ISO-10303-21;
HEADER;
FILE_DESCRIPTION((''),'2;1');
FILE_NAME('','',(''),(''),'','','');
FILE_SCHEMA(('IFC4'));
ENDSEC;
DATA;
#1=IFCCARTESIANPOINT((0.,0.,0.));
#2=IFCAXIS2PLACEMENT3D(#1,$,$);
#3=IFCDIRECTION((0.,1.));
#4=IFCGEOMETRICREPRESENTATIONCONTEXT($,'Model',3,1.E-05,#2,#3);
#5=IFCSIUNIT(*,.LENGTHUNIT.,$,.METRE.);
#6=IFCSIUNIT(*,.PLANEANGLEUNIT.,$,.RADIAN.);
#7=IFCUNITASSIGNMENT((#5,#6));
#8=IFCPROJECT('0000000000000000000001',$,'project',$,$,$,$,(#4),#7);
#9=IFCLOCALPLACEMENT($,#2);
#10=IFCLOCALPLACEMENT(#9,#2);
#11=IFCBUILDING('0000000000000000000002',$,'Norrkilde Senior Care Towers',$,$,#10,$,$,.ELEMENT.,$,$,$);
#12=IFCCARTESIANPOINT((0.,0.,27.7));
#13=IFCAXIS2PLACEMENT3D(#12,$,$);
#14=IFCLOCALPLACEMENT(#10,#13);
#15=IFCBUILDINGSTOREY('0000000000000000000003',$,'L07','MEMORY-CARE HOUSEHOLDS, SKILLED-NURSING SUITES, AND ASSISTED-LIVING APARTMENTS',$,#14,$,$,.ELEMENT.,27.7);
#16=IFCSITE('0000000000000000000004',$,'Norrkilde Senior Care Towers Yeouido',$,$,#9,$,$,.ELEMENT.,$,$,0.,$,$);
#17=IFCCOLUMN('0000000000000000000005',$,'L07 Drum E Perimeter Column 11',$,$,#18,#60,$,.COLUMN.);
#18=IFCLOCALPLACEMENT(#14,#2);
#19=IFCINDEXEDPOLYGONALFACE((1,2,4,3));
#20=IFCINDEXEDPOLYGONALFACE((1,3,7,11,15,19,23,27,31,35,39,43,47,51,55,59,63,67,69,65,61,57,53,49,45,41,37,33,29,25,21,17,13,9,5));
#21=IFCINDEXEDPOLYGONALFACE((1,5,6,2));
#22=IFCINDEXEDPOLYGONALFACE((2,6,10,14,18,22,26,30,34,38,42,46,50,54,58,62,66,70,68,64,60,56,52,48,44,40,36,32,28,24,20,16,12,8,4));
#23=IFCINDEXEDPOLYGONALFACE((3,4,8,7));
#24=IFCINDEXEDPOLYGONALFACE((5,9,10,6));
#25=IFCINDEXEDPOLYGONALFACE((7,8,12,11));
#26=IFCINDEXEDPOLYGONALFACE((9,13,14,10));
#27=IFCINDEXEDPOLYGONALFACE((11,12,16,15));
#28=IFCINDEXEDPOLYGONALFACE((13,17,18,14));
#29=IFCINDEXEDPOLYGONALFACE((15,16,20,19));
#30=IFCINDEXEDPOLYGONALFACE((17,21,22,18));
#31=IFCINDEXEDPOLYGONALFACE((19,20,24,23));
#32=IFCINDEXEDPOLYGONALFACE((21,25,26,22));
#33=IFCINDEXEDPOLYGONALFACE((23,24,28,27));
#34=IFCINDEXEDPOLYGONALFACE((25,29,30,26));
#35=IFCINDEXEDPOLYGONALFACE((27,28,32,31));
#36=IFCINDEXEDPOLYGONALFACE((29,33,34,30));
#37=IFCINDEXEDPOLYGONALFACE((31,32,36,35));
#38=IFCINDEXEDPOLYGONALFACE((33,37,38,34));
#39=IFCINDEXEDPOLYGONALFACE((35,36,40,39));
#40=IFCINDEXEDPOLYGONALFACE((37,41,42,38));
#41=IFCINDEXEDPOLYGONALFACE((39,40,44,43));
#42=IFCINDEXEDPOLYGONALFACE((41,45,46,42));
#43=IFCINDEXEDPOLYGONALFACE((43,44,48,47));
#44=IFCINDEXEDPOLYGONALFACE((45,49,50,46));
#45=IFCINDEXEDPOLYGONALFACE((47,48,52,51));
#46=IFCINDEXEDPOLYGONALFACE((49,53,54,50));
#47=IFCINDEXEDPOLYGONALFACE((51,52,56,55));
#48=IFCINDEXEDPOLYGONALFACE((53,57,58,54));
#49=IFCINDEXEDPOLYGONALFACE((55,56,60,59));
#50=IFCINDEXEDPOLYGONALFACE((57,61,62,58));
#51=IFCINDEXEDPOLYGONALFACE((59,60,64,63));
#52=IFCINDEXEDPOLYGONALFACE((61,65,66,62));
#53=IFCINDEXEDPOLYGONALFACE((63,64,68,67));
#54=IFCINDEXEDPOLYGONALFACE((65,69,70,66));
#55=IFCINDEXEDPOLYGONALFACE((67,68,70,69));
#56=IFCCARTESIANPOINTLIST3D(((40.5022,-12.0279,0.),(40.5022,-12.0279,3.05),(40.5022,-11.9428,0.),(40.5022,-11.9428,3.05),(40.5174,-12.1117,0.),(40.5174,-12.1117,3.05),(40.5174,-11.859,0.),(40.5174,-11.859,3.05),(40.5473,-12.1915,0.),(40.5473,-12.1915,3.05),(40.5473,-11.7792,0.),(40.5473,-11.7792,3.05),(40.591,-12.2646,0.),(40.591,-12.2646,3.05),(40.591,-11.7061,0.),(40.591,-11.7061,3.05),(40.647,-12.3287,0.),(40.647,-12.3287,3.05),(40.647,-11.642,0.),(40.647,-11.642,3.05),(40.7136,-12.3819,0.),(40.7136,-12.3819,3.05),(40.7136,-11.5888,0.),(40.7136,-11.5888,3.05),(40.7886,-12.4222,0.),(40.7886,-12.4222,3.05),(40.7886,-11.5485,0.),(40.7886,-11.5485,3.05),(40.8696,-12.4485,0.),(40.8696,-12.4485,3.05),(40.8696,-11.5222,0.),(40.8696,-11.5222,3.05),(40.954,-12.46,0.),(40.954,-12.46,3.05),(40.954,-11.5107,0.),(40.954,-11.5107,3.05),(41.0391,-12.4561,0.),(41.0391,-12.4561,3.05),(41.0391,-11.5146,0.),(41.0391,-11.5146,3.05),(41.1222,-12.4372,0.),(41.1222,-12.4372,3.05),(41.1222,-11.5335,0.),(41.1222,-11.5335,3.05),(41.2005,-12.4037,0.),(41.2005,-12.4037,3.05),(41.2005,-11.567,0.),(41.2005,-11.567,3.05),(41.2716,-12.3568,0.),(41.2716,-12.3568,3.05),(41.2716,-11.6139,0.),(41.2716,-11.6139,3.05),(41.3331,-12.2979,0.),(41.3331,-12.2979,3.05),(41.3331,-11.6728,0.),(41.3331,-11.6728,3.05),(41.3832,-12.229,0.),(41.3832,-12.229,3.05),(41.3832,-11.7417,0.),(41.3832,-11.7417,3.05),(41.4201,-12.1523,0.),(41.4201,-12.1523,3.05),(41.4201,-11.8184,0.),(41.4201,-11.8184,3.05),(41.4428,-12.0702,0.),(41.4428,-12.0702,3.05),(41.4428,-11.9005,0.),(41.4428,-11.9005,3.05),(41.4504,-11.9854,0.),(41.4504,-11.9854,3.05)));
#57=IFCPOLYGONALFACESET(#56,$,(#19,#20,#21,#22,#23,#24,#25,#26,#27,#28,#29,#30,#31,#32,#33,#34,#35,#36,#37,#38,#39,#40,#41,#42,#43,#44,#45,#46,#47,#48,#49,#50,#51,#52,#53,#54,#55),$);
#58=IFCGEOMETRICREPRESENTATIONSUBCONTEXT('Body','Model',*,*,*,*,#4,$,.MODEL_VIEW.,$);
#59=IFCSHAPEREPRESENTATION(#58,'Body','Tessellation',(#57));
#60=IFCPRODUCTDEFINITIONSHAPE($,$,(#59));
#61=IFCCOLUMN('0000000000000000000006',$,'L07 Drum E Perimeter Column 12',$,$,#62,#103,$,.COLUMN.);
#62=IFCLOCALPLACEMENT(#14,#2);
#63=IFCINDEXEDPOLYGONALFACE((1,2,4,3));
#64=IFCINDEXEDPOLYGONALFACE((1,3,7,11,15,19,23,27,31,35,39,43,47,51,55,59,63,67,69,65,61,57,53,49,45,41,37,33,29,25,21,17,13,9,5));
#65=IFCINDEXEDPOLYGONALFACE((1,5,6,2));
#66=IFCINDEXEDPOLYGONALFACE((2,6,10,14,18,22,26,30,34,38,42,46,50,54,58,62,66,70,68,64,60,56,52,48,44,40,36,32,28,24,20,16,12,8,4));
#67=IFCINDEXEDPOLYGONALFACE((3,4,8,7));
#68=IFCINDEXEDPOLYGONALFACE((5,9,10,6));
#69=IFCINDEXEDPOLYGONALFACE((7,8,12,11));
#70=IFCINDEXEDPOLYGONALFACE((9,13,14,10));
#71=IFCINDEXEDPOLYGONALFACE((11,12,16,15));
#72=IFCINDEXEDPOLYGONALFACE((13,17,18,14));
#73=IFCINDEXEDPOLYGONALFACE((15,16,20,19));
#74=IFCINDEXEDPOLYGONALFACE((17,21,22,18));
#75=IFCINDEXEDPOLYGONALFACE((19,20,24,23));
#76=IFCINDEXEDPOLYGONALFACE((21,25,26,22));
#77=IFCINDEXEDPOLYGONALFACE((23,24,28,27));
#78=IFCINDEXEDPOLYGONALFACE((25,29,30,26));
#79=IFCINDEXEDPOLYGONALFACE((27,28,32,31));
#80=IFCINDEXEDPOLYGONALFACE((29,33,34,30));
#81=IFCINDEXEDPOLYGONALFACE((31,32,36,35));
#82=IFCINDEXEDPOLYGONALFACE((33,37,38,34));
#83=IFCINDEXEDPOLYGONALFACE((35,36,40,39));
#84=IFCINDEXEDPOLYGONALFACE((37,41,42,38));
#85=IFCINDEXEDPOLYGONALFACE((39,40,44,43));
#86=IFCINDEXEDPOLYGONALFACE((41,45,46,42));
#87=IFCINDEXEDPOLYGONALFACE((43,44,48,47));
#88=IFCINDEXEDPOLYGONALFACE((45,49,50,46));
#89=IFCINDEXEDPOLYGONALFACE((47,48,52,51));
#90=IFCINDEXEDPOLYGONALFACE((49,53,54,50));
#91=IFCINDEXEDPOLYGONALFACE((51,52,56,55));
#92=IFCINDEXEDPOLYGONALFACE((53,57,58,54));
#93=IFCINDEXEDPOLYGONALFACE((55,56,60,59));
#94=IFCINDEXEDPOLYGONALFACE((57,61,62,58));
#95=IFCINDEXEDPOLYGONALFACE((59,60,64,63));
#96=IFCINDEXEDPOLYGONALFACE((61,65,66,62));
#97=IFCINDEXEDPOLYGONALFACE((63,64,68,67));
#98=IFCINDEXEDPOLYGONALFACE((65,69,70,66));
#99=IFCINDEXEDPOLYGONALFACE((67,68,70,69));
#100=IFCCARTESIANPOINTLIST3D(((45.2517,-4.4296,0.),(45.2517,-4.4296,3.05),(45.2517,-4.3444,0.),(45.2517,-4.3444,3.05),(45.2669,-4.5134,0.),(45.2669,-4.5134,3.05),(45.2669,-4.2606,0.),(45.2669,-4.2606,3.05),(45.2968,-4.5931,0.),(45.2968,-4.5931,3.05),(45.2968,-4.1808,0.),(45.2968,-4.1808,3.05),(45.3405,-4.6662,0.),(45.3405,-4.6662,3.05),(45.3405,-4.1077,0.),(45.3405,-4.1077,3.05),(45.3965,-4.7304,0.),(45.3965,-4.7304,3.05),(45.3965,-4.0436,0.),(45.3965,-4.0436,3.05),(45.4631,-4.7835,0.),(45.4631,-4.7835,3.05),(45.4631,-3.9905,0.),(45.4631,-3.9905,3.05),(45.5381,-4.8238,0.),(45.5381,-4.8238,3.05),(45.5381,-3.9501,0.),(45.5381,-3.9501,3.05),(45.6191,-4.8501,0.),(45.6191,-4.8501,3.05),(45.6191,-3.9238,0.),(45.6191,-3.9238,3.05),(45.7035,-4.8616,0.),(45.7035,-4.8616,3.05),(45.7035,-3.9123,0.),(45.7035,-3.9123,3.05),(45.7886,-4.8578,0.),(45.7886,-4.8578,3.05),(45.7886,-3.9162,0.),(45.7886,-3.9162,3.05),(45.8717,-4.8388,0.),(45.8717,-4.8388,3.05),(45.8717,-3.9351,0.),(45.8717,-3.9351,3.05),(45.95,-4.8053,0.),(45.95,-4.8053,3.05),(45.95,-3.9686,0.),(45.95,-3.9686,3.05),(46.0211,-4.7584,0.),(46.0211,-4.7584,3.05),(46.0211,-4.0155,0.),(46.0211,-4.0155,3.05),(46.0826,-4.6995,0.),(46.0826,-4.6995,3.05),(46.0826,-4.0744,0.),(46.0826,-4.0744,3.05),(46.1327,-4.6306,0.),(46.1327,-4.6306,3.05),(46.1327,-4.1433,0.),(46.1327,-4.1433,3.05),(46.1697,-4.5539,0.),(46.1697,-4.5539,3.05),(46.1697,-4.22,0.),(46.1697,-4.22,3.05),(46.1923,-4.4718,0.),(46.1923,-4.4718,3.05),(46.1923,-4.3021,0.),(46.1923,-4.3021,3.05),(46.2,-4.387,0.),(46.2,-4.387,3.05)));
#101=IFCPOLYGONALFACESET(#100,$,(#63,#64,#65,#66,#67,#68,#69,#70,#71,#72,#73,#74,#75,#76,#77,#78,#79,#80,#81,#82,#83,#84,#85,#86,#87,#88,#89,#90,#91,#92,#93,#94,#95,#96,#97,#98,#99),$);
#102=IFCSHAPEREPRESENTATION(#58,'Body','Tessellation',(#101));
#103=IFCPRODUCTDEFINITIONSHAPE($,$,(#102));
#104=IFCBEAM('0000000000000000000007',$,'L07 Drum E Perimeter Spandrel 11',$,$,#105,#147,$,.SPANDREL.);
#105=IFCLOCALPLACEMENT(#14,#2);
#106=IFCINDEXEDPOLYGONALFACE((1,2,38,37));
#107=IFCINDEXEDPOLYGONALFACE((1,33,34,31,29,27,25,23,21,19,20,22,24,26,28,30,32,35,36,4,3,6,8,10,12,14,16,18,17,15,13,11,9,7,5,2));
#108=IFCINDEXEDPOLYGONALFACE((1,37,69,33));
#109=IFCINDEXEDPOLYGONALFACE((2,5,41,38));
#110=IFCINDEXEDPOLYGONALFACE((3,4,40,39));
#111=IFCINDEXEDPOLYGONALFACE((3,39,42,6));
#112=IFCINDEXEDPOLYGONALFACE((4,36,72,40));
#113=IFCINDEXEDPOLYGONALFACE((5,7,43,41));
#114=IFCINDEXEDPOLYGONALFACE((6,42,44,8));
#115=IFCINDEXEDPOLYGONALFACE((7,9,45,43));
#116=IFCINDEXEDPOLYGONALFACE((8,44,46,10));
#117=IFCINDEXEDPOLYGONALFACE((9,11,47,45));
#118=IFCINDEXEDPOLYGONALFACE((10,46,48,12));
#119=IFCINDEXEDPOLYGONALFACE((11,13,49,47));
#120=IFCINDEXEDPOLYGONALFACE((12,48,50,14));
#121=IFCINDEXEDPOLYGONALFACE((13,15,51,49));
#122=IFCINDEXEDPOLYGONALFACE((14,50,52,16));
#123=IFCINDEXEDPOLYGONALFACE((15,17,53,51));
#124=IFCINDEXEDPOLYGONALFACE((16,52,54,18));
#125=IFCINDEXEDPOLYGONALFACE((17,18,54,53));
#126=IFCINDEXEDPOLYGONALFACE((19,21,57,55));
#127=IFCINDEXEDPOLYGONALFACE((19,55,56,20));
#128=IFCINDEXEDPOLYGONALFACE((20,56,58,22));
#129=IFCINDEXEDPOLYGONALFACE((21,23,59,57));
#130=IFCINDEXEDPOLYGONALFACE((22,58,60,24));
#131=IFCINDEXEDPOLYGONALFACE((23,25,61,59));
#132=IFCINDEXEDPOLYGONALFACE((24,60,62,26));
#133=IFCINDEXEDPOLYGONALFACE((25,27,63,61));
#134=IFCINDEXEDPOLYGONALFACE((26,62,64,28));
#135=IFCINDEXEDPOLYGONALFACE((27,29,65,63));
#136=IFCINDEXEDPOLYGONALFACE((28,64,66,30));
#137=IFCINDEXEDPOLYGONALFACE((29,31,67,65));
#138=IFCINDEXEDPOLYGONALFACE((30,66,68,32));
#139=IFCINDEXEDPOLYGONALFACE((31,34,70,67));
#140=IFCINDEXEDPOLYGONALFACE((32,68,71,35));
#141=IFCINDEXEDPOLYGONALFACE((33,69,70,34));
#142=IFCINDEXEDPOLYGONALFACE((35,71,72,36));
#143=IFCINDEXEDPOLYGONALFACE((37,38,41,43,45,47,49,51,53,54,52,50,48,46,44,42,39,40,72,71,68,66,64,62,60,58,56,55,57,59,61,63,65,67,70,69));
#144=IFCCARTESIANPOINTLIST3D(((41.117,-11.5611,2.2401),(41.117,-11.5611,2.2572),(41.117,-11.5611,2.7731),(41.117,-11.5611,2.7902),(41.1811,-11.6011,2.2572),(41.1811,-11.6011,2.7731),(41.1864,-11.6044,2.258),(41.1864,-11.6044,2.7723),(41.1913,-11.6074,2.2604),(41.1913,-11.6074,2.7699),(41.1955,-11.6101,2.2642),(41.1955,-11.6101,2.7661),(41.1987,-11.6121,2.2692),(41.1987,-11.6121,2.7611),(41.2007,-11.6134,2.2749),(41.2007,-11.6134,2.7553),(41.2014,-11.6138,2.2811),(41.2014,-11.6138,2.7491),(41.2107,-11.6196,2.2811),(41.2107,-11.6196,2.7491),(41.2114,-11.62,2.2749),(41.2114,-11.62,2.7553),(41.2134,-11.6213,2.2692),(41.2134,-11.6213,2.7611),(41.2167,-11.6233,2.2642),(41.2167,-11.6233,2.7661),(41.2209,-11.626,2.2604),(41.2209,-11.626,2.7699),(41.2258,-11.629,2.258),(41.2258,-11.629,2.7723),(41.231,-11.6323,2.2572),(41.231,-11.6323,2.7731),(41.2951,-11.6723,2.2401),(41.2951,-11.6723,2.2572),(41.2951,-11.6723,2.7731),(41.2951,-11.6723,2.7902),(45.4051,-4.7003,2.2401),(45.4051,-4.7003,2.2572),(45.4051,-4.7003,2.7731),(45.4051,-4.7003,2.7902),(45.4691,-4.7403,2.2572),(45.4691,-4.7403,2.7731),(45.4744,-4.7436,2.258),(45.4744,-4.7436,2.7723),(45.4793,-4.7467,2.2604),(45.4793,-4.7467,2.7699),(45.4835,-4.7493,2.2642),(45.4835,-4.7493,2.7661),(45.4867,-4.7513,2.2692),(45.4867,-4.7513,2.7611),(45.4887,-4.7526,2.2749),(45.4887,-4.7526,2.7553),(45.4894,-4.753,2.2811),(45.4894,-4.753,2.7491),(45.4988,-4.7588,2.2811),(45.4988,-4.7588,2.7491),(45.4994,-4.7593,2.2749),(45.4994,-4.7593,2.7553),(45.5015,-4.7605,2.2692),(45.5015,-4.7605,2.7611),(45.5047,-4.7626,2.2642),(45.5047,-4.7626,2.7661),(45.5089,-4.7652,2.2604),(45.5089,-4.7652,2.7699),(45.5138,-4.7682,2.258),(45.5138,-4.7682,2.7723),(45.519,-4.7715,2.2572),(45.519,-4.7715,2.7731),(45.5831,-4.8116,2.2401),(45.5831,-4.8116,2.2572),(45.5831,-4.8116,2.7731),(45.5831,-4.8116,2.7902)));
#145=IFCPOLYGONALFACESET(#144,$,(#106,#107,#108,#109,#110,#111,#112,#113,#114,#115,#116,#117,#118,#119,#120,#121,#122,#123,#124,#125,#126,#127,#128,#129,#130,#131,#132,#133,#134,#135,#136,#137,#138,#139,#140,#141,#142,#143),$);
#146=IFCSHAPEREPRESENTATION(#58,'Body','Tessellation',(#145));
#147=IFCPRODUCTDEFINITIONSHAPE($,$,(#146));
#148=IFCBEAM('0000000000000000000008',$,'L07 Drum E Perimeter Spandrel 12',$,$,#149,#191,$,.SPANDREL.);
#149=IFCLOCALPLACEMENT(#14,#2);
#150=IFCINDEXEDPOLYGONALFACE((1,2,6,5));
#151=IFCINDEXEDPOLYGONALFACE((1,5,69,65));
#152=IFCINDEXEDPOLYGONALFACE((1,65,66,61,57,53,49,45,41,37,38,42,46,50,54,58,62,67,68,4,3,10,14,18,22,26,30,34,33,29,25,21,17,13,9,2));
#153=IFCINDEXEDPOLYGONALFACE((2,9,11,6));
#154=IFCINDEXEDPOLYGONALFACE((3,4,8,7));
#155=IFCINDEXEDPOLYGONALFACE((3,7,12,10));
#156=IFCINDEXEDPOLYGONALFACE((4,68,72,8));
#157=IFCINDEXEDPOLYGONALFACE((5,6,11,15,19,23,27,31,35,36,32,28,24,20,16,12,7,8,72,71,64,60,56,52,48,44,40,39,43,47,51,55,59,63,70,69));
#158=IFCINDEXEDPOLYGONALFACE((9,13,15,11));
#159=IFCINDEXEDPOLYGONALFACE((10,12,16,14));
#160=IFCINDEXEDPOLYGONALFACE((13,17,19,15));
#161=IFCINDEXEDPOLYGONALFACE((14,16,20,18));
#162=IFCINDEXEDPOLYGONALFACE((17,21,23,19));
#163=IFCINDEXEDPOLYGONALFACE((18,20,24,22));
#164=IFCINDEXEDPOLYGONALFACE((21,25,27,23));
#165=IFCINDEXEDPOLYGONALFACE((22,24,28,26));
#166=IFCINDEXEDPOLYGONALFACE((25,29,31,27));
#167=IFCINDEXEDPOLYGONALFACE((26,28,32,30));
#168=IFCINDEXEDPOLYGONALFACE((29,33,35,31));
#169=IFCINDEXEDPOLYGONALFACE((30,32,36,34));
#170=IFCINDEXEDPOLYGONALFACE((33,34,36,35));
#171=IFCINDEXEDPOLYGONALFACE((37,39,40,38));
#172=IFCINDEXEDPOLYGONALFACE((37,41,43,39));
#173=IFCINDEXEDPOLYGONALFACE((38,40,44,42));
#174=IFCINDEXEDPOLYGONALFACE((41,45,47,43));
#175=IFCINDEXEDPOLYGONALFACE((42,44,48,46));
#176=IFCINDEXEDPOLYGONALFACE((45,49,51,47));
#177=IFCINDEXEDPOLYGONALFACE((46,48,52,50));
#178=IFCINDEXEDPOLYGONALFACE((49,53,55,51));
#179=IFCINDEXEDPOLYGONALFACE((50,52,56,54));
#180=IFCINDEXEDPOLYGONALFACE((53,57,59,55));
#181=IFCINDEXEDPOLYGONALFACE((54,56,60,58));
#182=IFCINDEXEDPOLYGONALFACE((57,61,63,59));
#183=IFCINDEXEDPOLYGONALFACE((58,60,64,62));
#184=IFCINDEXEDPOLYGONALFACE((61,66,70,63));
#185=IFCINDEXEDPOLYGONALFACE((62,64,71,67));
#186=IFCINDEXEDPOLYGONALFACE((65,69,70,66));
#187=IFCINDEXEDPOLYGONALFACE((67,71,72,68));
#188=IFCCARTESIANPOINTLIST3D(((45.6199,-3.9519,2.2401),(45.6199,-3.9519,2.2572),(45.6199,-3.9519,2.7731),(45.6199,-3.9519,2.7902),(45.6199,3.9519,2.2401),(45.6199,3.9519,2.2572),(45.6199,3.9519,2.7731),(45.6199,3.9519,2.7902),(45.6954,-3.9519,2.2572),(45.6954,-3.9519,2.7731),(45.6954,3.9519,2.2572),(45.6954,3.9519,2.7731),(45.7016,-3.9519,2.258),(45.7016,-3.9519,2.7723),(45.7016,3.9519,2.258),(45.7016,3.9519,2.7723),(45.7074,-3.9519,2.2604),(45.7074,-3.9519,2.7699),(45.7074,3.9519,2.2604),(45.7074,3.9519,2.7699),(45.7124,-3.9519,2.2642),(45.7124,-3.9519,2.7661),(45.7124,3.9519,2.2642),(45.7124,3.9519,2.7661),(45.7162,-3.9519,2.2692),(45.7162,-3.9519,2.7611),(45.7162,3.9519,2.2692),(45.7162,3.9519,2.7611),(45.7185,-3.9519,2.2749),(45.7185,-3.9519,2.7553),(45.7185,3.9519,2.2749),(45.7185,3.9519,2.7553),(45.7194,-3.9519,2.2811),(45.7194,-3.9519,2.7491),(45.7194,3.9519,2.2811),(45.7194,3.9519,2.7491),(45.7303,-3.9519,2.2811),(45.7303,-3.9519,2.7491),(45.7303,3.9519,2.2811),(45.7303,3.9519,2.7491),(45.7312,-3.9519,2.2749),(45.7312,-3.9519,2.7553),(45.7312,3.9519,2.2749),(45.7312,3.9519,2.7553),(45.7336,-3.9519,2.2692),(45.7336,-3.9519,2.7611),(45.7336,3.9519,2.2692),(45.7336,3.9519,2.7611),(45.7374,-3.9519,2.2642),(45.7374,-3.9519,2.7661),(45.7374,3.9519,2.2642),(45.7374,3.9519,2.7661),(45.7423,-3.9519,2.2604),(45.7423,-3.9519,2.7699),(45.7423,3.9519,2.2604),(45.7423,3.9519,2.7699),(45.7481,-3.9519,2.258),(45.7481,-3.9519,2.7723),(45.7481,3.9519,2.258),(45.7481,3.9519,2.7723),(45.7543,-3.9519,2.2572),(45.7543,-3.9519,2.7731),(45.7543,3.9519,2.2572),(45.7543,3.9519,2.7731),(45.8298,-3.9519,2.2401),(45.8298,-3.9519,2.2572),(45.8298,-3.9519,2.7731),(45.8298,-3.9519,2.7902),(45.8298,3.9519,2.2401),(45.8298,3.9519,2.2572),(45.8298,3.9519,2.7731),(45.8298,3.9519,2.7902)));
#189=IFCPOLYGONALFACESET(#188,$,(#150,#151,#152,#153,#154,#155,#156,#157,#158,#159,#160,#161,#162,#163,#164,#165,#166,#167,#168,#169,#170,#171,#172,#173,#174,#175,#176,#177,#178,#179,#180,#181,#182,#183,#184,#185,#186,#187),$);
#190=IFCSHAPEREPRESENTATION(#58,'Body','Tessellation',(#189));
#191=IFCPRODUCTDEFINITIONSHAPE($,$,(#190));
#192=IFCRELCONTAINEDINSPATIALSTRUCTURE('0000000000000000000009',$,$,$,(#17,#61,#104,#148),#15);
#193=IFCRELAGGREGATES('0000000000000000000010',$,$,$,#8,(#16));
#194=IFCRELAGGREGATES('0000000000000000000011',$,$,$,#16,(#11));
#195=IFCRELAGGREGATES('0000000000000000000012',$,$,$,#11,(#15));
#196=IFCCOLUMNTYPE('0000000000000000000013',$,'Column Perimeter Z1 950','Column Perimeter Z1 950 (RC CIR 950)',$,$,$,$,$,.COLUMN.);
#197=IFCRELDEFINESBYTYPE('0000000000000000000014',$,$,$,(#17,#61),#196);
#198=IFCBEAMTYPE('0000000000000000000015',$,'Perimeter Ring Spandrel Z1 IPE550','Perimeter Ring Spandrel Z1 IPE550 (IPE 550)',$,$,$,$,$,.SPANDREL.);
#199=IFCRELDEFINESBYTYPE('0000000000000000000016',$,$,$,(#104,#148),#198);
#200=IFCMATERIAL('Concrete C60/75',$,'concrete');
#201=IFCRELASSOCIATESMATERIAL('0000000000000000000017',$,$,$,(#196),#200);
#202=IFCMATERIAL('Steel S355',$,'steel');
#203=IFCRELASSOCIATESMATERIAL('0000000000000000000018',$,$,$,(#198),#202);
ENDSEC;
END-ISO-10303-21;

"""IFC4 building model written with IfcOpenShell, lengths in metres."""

from ifc_helpers import new_model, si_unit, direction, frame, origin, origin_2d, place, context, subcontext, project, spatial, circle, i_section, extrude, source, transform, mapped, material, material_profile, profile_set, type_object, type_shapes, element, save


model = new_model("IFC4")

# Units and contexts
model_context = context("Model", 3, precision=1e-05, world=origin(), true_north=direction((0.0, 1.0)))
body_context = subcontext(model_context, "Body", "Model", "MODEL_VIEW")
ifc_project = project(units=[si_unit("LENGTHUNIT", "METRE"), si_unit("PLANEANGLEUNIT", "RADIAN")], contexts=[model_context])

# Site, building, storey
site_placement = place(None, origin())
site = spatial("IfcSite", under=ifc_project, at=site_placement, Name="Norrkilde Senior Care Towers Yeouido", CompositionType="ELEMENT", RefElevation=0.0)
building_placement = place(site_placement, origin())
building = spatial("IfcBuilding", under=site, at=building_placement, Name="Norrkilde Senior Care Towers", CompositionType="ELEMENT")
storey_placement = place(building_placement, frame((0.0, 0.0, 27.7)))
storey = spatial("IfcBuildingStorey", under=building, at=storey_placement, Name="L07", Description="MEMORY-CARE HOUSEHOLDS, SKILLED-NURSING SUITES, AND ASSISTED-LIVING APARTMENTS", CompositionType="ELEMENT", Elevation=27.7)

# Columns
ifc_material_1 = material(Name="Concrete C60/75", Category="concrete")
ifc_material_profile_1 = material_profile(ifc_material_1, circle(Radius=0.4751, at=origin_2d()), Name="RC CIR 950")
ifc_profile_set_1 = profile_set([ifc_material_profile_1], Name="Concrete C60/75")
column_type = type_object("IfcColumnType", Name="Column Perimeter Z1 950", Description="Column Perimeter Z1 950 (RC CIR 950)", PredefinedType="COLUMN", material=ifc_profile_set_1)
shared_shape_1 = source(origin(), body_context, "Body", "SweptSolid", [
    extrude(circle(Radius=0.4751, at=origin_2d()), origin(), (0.0, 0.0, 1.0), 3.05),
])
type_shapes(column_type, [shared_shape_1])
for number, where, z_axis, x_axis, name in (
    (1, (40.9753, -11.9854, 0.0), (0.0, 0.0, 1.0), (1.0, 0.0, 0.0), "L07 Drum E Perimeter Column 11"),
    (2, (45.7249, -4.387, 0.0), (0.0, 0.0, 1.0), (1.0, 0.0, 0.0), "L07 Drum E Perimeter Column 12"),
):
    element("IfcColumn", number, at=place(storey_placement, frame(where, z_axis=z_axis, x_axis=x_axis)), inside=storey, type_object=column_type, Name=name, PredefinedType="COLUMN", context=body_context, shape_type="MappedRepresentation", body=[
        mapped(shared_shape_1, transform((0.0, 0.0, 0.0), x_axis=(1.0, 0.0, 0.0), y_axis=(0.0, 1.0, 0.0), z_axis=(0.0, 0.0, 1.0), scale=1.0)),
    ])

# Beams
ifc_material_2 = material(Name="Steel S355", Category="steel")
ifc_material_profile_2 = material_profile(ifc_material_2, i_section(OverallWidth=0.21, OverallDepth=0.55, WebThickness=0.011, FlangeThickness=0.0171, FilletRadius=0.0239, at=origin_2d()), Name="IPE 550")
ifc_profile_set_2 = profile_set([ifc_material_profile_2], Name="Steel S355")
beam_type = type_object("IfcBeamType", Name="Perimeter Ring Spandrel Z1 IPE550", Description="Perimeter Ring Spandrel Z1 IPE550 (IPE 550)", PredefinedType="SPANDREL", material=ifc_profile_set_2)
shared_shape_2 = source(origin(), body_context, "Body", "SweptSolid", [
    extrude(i_section(OverallWidth=0.21, OverallDepth=0.55, WebThickness=0.011, FlangeThickness=0.0171, FilletRadius=0.0239, at=origin_2d()), origin(), (0.0, 0.0, 1.0), 8.0906),
])
beam_1_placement = place(storey_placement, frame((41.2061, -11.6167, 2.5151), z_axis=(0.530004, 0.847995, 0.0), x_axis=(-0.847995, 0.530004, 0.0)))
element("IfcBeam", 3, at=beam_1_placement, inside=storey, type_object=beam_type, Name="L07 Drum E Perimeter Spandrel 11", PredefinedType="SPANDREL", context=body_context, shape_type="MappedRepresentation", body=[
    mapped(shared_shape_2, transform((0.0, 0.0, 0.0), x_axis=(1.0, 0.0, 0.0), y_axis=(0.0, 1.0, 0.0), z_axis=(0.0, 0.0, 1.0), scale=1.0)),
])
shared_shape_3 = source(origin(), body_context, "Body", "SweptSolid", [
    extrude(i_section(OverallWidth=0.21, OverallDepth=0.55, WebThickness=0.011, FlangeThickness=0.0171, FilletRadius=0.0239, at=origin_2d()), origin(), (0.0, 0.0, 1.0), 7.9038),
])
type_shapes(beam_type, [shared_shape_2, shared_shape_3])
beam_2_placement = place(storey_placement, frame((45.7249, -3.9519, 2.5151), z_axis=(0.0, 1.0, 0.0), x_axis=(-1.0, 0.0, 0.0)))
element("IfcBeam", 4, at=beam_2_placement, inside=storey, type_object=beam_type, Name="L07 Drum E Perimeter Spandrel 12", PredefinedType="SPANDREL", context=body_context, shape_type="MappedRepresentation", body=[
    mapped(shared_shape_3, transform((0.0, 0.0, 0.0), x_axis=(1.0, 0.0, 0.0), y_axis=(0.0, 1.0, 0.0), z_axis=(0.0, 0.0, 1.0), scale=1.0)),
])

save(model, "model.ifc")
